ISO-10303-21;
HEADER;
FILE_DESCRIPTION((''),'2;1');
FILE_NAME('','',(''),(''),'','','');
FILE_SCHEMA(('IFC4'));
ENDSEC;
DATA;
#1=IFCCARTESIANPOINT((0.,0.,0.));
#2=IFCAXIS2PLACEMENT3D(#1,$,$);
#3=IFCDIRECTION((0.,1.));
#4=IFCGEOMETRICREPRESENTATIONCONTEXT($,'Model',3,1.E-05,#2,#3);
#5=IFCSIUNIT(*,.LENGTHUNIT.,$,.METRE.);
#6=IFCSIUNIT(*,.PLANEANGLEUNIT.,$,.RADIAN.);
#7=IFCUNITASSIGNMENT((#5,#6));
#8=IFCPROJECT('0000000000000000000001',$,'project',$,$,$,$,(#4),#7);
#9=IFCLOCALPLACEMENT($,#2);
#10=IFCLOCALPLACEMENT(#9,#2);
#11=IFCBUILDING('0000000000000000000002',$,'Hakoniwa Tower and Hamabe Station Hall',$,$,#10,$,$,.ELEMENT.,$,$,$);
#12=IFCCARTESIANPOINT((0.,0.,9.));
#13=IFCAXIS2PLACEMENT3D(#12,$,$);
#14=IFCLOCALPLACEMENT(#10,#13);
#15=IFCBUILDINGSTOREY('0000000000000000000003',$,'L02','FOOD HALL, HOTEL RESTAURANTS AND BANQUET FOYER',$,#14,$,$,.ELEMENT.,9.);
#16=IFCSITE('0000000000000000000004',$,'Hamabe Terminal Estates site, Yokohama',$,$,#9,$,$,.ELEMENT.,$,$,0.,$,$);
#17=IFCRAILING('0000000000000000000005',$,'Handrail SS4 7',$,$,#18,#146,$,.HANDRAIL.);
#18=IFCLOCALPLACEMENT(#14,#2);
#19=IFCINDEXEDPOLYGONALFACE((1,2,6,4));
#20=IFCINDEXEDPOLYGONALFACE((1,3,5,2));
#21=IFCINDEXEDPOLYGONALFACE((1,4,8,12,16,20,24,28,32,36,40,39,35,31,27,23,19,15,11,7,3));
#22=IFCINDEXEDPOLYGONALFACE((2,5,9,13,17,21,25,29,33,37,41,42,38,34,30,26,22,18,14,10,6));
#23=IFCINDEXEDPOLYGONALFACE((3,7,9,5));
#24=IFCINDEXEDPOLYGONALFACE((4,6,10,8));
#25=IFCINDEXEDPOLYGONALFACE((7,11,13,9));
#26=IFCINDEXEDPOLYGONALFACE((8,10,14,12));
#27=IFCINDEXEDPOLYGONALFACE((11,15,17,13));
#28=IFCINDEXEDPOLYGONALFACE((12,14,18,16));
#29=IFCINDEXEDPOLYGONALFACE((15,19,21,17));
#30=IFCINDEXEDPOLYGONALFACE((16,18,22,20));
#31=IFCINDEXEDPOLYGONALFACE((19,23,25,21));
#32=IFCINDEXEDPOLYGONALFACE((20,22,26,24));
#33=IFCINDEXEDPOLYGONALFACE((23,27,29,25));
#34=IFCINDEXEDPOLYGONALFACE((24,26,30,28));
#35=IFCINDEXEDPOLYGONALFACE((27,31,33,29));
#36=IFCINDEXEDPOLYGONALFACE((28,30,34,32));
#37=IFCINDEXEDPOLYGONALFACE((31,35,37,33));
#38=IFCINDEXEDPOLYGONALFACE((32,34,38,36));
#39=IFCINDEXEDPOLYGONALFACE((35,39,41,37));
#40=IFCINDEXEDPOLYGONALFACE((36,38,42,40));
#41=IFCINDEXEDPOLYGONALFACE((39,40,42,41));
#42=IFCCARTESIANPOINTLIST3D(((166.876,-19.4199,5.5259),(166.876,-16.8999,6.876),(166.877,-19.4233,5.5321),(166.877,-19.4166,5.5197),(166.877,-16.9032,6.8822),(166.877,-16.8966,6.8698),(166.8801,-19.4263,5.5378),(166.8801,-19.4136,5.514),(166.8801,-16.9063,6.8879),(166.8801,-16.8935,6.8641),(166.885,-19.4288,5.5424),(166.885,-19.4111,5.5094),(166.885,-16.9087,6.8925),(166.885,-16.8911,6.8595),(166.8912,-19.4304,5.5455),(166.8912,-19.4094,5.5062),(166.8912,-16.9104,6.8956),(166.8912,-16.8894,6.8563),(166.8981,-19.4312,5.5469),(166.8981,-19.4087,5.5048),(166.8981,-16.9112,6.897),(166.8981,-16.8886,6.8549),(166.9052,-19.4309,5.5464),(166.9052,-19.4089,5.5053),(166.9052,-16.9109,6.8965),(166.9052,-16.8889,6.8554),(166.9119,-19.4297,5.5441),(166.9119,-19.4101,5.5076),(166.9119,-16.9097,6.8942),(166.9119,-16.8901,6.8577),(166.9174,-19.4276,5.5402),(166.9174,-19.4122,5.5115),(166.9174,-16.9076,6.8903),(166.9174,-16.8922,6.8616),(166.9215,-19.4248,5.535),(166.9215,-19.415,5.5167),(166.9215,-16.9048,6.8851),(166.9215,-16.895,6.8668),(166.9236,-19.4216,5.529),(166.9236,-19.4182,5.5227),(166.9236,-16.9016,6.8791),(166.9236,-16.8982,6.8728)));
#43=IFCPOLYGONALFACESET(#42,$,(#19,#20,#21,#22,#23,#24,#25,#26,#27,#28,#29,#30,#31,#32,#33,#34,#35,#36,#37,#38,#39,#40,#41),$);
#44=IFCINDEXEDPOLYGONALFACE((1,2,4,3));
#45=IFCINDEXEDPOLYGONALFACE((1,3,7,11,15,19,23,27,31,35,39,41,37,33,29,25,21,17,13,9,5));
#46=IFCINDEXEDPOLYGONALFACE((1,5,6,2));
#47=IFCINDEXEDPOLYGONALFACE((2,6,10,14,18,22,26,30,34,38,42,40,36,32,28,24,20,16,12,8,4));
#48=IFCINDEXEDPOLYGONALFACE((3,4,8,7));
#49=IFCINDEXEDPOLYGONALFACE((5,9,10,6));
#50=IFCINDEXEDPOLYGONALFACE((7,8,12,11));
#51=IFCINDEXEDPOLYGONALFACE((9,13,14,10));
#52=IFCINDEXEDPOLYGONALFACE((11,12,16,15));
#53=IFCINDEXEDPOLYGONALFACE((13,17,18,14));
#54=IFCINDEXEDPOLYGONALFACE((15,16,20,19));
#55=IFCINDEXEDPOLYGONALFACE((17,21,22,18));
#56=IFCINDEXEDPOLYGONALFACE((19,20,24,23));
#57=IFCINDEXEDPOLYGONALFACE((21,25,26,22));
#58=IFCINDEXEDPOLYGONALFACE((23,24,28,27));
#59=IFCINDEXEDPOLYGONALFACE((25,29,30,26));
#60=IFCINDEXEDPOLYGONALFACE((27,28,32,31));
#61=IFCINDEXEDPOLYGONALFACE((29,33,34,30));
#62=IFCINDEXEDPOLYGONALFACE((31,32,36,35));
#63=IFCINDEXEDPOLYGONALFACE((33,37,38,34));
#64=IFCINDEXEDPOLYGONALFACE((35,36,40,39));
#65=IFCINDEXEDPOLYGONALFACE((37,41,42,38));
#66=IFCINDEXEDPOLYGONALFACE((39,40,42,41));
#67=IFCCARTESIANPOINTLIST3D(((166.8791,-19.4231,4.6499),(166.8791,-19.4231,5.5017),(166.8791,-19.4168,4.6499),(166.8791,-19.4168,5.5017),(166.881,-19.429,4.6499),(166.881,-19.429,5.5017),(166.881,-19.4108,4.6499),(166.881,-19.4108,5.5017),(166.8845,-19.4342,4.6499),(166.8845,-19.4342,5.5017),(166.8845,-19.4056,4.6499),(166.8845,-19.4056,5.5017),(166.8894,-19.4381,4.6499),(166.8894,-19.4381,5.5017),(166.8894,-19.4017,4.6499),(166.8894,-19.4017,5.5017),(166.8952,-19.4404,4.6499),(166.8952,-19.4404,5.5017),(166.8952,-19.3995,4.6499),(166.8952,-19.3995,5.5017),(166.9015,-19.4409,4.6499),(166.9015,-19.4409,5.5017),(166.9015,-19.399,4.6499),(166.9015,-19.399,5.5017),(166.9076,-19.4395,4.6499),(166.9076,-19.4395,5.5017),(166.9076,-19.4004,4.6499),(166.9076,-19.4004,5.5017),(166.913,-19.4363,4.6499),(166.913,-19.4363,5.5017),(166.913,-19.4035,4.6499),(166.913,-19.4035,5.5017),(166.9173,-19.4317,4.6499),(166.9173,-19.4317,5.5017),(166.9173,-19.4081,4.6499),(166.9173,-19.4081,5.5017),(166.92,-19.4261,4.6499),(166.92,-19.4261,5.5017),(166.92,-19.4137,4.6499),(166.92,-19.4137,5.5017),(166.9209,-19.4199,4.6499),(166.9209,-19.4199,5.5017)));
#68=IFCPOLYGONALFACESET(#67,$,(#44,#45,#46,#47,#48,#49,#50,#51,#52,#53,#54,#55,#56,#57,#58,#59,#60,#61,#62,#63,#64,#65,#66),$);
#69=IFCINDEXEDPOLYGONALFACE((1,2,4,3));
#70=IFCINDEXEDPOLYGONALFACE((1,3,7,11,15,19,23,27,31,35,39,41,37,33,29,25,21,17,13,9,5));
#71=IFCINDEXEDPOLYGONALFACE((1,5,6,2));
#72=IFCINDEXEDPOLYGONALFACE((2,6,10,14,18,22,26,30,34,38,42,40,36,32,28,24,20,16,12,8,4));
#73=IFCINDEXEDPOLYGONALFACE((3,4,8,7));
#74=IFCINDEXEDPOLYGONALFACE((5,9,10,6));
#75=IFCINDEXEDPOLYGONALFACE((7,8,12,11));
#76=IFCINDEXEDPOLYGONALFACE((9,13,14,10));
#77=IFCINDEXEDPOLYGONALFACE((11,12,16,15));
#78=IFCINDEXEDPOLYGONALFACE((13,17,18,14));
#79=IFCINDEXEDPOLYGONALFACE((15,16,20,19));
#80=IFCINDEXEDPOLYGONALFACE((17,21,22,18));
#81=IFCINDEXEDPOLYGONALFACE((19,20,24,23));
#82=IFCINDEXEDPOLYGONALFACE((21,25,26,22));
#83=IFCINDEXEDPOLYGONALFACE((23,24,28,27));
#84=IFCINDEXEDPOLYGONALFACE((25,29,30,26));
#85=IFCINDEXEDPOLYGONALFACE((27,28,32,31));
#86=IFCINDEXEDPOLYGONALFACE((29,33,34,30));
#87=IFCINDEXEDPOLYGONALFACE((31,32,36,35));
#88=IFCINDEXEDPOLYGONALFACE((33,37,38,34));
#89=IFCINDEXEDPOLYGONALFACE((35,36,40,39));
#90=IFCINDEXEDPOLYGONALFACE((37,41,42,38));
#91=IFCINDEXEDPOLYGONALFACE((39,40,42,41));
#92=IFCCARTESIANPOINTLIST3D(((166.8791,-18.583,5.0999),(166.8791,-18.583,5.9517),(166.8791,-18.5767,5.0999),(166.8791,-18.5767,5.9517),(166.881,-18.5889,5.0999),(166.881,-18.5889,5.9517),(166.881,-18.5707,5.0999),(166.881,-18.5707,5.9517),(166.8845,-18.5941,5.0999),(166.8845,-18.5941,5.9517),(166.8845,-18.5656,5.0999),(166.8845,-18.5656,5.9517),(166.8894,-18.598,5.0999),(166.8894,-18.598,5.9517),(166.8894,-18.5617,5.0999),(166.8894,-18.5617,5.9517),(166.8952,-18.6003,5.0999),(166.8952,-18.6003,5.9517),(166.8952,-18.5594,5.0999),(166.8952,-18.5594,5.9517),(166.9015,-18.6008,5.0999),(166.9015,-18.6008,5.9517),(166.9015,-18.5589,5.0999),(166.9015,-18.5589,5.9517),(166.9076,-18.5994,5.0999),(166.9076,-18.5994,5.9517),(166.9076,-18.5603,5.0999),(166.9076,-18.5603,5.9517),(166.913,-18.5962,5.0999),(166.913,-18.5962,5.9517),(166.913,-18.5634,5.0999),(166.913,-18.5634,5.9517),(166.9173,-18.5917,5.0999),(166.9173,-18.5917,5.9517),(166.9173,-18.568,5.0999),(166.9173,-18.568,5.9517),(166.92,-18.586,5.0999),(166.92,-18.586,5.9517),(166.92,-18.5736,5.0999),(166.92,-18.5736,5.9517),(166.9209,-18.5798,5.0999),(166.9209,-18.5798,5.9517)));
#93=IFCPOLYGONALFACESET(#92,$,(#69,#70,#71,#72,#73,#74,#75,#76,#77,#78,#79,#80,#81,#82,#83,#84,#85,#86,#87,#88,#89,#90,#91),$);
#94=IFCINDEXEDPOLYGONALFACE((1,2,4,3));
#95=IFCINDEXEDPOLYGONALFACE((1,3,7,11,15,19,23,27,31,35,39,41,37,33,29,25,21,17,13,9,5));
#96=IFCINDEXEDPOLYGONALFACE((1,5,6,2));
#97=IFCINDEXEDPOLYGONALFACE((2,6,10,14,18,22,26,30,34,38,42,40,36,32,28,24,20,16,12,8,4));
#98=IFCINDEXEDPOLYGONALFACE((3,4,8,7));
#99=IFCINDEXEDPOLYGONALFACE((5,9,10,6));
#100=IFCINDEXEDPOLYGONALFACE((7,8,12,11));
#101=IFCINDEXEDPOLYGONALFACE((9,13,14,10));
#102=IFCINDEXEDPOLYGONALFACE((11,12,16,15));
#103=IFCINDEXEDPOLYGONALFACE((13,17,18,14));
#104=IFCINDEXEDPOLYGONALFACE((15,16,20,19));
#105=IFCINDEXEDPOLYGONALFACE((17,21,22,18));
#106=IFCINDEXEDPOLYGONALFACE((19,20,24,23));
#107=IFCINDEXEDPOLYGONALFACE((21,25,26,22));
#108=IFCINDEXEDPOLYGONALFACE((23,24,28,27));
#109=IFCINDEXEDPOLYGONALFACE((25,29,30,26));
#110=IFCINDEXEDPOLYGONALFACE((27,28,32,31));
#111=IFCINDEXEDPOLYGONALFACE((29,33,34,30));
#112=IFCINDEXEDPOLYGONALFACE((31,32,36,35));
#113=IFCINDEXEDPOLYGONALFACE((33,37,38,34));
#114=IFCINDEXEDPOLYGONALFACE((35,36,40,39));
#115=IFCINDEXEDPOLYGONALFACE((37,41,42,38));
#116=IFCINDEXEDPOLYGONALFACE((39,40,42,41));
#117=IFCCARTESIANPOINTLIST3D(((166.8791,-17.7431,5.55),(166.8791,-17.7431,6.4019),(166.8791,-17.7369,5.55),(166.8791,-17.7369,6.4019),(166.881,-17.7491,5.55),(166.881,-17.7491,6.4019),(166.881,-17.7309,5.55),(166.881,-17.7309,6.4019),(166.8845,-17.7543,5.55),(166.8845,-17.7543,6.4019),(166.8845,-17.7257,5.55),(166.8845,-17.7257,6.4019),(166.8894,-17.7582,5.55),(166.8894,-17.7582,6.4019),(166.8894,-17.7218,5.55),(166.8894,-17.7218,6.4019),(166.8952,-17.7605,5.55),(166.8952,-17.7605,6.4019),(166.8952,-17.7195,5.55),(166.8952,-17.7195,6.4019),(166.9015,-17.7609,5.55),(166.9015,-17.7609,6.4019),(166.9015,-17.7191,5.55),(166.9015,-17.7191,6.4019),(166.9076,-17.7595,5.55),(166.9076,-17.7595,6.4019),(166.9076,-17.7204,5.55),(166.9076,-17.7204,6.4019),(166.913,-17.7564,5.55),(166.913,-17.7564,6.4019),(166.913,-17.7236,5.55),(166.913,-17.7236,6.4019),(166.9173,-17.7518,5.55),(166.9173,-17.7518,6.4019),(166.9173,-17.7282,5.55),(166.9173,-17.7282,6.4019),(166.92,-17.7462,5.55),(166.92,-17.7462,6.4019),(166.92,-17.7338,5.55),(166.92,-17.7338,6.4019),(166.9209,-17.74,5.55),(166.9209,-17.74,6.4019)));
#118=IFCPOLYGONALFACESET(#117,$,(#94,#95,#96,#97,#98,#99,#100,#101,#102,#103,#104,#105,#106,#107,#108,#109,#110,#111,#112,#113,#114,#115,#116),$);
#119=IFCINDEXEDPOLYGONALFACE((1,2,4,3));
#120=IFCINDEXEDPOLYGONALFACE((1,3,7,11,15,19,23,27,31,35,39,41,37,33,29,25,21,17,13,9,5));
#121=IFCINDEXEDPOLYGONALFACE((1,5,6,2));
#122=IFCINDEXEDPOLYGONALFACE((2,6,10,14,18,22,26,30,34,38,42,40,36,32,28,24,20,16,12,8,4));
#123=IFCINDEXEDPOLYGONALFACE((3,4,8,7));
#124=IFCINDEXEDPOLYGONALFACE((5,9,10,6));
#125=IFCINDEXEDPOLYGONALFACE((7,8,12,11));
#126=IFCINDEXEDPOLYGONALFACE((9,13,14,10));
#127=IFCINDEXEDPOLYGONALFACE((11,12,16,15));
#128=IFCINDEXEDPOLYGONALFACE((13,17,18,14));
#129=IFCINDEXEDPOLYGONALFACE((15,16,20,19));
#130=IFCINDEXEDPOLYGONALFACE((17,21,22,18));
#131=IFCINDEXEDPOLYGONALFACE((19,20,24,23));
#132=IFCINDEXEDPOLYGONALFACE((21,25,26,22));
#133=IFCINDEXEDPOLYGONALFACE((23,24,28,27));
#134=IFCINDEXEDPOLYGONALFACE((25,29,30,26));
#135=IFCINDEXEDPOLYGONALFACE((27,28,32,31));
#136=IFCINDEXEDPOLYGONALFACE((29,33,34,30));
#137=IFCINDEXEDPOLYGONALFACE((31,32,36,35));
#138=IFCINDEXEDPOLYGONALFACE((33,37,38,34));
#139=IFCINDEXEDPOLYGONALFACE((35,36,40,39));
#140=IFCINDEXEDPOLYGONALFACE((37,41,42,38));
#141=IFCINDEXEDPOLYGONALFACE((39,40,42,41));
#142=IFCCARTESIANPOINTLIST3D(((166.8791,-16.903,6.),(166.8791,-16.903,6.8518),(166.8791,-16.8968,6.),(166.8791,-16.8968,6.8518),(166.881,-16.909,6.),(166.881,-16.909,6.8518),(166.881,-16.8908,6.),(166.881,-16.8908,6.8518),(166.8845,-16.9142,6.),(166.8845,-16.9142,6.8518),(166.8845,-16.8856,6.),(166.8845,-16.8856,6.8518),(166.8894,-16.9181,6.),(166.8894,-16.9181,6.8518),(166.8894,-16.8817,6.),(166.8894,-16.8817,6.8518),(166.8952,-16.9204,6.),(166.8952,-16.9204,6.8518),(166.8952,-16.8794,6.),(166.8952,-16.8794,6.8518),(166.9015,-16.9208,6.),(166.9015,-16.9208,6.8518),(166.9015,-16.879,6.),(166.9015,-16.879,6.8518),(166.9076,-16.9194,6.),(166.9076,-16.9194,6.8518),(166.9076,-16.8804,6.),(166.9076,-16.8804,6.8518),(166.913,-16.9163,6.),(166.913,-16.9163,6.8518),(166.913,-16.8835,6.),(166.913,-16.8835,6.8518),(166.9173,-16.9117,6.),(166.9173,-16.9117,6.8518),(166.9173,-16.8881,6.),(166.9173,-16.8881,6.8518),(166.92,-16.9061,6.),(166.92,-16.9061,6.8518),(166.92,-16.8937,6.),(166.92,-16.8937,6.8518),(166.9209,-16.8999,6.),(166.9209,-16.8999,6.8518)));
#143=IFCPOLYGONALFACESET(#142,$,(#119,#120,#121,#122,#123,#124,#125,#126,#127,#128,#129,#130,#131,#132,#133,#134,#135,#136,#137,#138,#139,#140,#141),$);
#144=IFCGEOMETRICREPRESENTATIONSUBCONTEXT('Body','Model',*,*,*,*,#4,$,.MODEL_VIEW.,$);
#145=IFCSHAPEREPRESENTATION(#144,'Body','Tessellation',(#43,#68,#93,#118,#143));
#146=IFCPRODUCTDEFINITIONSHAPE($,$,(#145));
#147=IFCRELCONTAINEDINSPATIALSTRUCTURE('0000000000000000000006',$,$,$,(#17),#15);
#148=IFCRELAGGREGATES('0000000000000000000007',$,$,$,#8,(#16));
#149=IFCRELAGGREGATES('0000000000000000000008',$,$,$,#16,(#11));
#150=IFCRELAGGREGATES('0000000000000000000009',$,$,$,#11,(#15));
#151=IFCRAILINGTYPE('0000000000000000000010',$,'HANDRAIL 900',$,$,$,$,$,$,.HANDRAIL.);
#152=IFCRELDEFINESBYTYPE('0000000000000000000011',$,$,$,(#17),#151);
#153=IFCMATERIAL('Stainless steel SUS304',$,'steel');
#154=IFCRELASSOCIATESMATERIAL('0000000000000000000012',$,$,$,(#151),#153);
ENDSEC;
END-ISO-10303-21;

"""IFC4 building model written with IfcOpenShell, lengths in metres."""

from ifc_helpers import new_model, si_unit, direction, frame, origin, origin_2d, place, context, subcontext, project, spatial, circle, extrude, material, type_object, element, save


model = new_model("IFC4")

# Units and contexts
model_context = context("Model", 3, precision=1e-05, world=origin(), true_north=direction((0.0, 1.0)))
body_context = subcontext(model_context, "Body", "Model", "MODEL_VIEW")
ifc_project = project(units=[si_unit("LENGTHUNIT", "METRE"), si_unit("PLANEANGLEUNIT", "RADIAN")], contexts=[model_context])

# Site, building, storey
site_placement = place(None, origin())
site = spatial("IfcSite", under=ifc_project, at=site_placement, Name="Hamabe Terminal Estates site, Yokohama", CompositionType="ELEMENT", RefElevation=0.0)
building_placement = place(site_placement, origin())
building = spatial("IfcBuilding", under=site, at=building_placement, Name="Hakoniwa Tower and Hamabe Station Hall", CompositionType="ELEMENT")
storey_placement = place(building_placement, frame((0.0, 0.0, 9.0)))
storey = spatial("IfcBuildingStorey", under=building, at=storey_placement, Name="L02", Description="FOOD HALL, HOTEL RESTAURANTS AND BANQUET FOYER", CompositionType="ELEMENT", Elevation=9.0)

# Railing
ifc_material_1 = material(Name="Stainless steel SUS304", Category="steel")
railing_type = type_object("IfcRailingType", Name="HANDRAIL 900", PredefinedType="HANDRAIL", material=ifc_material_1)
for number, where, name in (
    (1, (166.8999, -19.4199, 4.6499), "Handrail SS4 7"),
):
    element("IfcRailing", number, at=place(storey_placement, frame(where)), inside=storey, type_object=railing_type, Name=name, PredefinedType="HANDRAIL", context=body_context, shape_type="SweptSolid", body=[
        extrude(circle(Radius=0.0239, at=origin_2d()), frame((0.0, 0.0, 0.876), z_axis=(0.0, 0.881467, 0.472245), x_axis=(-1.0, 0.0, 0.0)), (0.0, 0.0, 1.0), 2.8589),
        extrude(circle(Radius=0.021, at=origin_2d()), origin(), (0.0, 0.0, 1.0), 0.8518),
        extrude(circle(Radius=0.021, at=origin_2d()), frame((0.0, 0.8401, 0.45)), (0.0, 0.0, 1.0), 0.8518),
        extrude(circle(Radius=0.021, at=origin_2d()), frame((0.0, 1.6799, 0.9001)), (0.0, 0.0, 1.0), 0.8518),
        extrude(circle(Radius=0.021, at=origin_2d()), frame((0.0, 2.52, 1.3501)), (0.0, 0.0, 1.0), 0.8518),
    ])

save(model, "model.ifc")
